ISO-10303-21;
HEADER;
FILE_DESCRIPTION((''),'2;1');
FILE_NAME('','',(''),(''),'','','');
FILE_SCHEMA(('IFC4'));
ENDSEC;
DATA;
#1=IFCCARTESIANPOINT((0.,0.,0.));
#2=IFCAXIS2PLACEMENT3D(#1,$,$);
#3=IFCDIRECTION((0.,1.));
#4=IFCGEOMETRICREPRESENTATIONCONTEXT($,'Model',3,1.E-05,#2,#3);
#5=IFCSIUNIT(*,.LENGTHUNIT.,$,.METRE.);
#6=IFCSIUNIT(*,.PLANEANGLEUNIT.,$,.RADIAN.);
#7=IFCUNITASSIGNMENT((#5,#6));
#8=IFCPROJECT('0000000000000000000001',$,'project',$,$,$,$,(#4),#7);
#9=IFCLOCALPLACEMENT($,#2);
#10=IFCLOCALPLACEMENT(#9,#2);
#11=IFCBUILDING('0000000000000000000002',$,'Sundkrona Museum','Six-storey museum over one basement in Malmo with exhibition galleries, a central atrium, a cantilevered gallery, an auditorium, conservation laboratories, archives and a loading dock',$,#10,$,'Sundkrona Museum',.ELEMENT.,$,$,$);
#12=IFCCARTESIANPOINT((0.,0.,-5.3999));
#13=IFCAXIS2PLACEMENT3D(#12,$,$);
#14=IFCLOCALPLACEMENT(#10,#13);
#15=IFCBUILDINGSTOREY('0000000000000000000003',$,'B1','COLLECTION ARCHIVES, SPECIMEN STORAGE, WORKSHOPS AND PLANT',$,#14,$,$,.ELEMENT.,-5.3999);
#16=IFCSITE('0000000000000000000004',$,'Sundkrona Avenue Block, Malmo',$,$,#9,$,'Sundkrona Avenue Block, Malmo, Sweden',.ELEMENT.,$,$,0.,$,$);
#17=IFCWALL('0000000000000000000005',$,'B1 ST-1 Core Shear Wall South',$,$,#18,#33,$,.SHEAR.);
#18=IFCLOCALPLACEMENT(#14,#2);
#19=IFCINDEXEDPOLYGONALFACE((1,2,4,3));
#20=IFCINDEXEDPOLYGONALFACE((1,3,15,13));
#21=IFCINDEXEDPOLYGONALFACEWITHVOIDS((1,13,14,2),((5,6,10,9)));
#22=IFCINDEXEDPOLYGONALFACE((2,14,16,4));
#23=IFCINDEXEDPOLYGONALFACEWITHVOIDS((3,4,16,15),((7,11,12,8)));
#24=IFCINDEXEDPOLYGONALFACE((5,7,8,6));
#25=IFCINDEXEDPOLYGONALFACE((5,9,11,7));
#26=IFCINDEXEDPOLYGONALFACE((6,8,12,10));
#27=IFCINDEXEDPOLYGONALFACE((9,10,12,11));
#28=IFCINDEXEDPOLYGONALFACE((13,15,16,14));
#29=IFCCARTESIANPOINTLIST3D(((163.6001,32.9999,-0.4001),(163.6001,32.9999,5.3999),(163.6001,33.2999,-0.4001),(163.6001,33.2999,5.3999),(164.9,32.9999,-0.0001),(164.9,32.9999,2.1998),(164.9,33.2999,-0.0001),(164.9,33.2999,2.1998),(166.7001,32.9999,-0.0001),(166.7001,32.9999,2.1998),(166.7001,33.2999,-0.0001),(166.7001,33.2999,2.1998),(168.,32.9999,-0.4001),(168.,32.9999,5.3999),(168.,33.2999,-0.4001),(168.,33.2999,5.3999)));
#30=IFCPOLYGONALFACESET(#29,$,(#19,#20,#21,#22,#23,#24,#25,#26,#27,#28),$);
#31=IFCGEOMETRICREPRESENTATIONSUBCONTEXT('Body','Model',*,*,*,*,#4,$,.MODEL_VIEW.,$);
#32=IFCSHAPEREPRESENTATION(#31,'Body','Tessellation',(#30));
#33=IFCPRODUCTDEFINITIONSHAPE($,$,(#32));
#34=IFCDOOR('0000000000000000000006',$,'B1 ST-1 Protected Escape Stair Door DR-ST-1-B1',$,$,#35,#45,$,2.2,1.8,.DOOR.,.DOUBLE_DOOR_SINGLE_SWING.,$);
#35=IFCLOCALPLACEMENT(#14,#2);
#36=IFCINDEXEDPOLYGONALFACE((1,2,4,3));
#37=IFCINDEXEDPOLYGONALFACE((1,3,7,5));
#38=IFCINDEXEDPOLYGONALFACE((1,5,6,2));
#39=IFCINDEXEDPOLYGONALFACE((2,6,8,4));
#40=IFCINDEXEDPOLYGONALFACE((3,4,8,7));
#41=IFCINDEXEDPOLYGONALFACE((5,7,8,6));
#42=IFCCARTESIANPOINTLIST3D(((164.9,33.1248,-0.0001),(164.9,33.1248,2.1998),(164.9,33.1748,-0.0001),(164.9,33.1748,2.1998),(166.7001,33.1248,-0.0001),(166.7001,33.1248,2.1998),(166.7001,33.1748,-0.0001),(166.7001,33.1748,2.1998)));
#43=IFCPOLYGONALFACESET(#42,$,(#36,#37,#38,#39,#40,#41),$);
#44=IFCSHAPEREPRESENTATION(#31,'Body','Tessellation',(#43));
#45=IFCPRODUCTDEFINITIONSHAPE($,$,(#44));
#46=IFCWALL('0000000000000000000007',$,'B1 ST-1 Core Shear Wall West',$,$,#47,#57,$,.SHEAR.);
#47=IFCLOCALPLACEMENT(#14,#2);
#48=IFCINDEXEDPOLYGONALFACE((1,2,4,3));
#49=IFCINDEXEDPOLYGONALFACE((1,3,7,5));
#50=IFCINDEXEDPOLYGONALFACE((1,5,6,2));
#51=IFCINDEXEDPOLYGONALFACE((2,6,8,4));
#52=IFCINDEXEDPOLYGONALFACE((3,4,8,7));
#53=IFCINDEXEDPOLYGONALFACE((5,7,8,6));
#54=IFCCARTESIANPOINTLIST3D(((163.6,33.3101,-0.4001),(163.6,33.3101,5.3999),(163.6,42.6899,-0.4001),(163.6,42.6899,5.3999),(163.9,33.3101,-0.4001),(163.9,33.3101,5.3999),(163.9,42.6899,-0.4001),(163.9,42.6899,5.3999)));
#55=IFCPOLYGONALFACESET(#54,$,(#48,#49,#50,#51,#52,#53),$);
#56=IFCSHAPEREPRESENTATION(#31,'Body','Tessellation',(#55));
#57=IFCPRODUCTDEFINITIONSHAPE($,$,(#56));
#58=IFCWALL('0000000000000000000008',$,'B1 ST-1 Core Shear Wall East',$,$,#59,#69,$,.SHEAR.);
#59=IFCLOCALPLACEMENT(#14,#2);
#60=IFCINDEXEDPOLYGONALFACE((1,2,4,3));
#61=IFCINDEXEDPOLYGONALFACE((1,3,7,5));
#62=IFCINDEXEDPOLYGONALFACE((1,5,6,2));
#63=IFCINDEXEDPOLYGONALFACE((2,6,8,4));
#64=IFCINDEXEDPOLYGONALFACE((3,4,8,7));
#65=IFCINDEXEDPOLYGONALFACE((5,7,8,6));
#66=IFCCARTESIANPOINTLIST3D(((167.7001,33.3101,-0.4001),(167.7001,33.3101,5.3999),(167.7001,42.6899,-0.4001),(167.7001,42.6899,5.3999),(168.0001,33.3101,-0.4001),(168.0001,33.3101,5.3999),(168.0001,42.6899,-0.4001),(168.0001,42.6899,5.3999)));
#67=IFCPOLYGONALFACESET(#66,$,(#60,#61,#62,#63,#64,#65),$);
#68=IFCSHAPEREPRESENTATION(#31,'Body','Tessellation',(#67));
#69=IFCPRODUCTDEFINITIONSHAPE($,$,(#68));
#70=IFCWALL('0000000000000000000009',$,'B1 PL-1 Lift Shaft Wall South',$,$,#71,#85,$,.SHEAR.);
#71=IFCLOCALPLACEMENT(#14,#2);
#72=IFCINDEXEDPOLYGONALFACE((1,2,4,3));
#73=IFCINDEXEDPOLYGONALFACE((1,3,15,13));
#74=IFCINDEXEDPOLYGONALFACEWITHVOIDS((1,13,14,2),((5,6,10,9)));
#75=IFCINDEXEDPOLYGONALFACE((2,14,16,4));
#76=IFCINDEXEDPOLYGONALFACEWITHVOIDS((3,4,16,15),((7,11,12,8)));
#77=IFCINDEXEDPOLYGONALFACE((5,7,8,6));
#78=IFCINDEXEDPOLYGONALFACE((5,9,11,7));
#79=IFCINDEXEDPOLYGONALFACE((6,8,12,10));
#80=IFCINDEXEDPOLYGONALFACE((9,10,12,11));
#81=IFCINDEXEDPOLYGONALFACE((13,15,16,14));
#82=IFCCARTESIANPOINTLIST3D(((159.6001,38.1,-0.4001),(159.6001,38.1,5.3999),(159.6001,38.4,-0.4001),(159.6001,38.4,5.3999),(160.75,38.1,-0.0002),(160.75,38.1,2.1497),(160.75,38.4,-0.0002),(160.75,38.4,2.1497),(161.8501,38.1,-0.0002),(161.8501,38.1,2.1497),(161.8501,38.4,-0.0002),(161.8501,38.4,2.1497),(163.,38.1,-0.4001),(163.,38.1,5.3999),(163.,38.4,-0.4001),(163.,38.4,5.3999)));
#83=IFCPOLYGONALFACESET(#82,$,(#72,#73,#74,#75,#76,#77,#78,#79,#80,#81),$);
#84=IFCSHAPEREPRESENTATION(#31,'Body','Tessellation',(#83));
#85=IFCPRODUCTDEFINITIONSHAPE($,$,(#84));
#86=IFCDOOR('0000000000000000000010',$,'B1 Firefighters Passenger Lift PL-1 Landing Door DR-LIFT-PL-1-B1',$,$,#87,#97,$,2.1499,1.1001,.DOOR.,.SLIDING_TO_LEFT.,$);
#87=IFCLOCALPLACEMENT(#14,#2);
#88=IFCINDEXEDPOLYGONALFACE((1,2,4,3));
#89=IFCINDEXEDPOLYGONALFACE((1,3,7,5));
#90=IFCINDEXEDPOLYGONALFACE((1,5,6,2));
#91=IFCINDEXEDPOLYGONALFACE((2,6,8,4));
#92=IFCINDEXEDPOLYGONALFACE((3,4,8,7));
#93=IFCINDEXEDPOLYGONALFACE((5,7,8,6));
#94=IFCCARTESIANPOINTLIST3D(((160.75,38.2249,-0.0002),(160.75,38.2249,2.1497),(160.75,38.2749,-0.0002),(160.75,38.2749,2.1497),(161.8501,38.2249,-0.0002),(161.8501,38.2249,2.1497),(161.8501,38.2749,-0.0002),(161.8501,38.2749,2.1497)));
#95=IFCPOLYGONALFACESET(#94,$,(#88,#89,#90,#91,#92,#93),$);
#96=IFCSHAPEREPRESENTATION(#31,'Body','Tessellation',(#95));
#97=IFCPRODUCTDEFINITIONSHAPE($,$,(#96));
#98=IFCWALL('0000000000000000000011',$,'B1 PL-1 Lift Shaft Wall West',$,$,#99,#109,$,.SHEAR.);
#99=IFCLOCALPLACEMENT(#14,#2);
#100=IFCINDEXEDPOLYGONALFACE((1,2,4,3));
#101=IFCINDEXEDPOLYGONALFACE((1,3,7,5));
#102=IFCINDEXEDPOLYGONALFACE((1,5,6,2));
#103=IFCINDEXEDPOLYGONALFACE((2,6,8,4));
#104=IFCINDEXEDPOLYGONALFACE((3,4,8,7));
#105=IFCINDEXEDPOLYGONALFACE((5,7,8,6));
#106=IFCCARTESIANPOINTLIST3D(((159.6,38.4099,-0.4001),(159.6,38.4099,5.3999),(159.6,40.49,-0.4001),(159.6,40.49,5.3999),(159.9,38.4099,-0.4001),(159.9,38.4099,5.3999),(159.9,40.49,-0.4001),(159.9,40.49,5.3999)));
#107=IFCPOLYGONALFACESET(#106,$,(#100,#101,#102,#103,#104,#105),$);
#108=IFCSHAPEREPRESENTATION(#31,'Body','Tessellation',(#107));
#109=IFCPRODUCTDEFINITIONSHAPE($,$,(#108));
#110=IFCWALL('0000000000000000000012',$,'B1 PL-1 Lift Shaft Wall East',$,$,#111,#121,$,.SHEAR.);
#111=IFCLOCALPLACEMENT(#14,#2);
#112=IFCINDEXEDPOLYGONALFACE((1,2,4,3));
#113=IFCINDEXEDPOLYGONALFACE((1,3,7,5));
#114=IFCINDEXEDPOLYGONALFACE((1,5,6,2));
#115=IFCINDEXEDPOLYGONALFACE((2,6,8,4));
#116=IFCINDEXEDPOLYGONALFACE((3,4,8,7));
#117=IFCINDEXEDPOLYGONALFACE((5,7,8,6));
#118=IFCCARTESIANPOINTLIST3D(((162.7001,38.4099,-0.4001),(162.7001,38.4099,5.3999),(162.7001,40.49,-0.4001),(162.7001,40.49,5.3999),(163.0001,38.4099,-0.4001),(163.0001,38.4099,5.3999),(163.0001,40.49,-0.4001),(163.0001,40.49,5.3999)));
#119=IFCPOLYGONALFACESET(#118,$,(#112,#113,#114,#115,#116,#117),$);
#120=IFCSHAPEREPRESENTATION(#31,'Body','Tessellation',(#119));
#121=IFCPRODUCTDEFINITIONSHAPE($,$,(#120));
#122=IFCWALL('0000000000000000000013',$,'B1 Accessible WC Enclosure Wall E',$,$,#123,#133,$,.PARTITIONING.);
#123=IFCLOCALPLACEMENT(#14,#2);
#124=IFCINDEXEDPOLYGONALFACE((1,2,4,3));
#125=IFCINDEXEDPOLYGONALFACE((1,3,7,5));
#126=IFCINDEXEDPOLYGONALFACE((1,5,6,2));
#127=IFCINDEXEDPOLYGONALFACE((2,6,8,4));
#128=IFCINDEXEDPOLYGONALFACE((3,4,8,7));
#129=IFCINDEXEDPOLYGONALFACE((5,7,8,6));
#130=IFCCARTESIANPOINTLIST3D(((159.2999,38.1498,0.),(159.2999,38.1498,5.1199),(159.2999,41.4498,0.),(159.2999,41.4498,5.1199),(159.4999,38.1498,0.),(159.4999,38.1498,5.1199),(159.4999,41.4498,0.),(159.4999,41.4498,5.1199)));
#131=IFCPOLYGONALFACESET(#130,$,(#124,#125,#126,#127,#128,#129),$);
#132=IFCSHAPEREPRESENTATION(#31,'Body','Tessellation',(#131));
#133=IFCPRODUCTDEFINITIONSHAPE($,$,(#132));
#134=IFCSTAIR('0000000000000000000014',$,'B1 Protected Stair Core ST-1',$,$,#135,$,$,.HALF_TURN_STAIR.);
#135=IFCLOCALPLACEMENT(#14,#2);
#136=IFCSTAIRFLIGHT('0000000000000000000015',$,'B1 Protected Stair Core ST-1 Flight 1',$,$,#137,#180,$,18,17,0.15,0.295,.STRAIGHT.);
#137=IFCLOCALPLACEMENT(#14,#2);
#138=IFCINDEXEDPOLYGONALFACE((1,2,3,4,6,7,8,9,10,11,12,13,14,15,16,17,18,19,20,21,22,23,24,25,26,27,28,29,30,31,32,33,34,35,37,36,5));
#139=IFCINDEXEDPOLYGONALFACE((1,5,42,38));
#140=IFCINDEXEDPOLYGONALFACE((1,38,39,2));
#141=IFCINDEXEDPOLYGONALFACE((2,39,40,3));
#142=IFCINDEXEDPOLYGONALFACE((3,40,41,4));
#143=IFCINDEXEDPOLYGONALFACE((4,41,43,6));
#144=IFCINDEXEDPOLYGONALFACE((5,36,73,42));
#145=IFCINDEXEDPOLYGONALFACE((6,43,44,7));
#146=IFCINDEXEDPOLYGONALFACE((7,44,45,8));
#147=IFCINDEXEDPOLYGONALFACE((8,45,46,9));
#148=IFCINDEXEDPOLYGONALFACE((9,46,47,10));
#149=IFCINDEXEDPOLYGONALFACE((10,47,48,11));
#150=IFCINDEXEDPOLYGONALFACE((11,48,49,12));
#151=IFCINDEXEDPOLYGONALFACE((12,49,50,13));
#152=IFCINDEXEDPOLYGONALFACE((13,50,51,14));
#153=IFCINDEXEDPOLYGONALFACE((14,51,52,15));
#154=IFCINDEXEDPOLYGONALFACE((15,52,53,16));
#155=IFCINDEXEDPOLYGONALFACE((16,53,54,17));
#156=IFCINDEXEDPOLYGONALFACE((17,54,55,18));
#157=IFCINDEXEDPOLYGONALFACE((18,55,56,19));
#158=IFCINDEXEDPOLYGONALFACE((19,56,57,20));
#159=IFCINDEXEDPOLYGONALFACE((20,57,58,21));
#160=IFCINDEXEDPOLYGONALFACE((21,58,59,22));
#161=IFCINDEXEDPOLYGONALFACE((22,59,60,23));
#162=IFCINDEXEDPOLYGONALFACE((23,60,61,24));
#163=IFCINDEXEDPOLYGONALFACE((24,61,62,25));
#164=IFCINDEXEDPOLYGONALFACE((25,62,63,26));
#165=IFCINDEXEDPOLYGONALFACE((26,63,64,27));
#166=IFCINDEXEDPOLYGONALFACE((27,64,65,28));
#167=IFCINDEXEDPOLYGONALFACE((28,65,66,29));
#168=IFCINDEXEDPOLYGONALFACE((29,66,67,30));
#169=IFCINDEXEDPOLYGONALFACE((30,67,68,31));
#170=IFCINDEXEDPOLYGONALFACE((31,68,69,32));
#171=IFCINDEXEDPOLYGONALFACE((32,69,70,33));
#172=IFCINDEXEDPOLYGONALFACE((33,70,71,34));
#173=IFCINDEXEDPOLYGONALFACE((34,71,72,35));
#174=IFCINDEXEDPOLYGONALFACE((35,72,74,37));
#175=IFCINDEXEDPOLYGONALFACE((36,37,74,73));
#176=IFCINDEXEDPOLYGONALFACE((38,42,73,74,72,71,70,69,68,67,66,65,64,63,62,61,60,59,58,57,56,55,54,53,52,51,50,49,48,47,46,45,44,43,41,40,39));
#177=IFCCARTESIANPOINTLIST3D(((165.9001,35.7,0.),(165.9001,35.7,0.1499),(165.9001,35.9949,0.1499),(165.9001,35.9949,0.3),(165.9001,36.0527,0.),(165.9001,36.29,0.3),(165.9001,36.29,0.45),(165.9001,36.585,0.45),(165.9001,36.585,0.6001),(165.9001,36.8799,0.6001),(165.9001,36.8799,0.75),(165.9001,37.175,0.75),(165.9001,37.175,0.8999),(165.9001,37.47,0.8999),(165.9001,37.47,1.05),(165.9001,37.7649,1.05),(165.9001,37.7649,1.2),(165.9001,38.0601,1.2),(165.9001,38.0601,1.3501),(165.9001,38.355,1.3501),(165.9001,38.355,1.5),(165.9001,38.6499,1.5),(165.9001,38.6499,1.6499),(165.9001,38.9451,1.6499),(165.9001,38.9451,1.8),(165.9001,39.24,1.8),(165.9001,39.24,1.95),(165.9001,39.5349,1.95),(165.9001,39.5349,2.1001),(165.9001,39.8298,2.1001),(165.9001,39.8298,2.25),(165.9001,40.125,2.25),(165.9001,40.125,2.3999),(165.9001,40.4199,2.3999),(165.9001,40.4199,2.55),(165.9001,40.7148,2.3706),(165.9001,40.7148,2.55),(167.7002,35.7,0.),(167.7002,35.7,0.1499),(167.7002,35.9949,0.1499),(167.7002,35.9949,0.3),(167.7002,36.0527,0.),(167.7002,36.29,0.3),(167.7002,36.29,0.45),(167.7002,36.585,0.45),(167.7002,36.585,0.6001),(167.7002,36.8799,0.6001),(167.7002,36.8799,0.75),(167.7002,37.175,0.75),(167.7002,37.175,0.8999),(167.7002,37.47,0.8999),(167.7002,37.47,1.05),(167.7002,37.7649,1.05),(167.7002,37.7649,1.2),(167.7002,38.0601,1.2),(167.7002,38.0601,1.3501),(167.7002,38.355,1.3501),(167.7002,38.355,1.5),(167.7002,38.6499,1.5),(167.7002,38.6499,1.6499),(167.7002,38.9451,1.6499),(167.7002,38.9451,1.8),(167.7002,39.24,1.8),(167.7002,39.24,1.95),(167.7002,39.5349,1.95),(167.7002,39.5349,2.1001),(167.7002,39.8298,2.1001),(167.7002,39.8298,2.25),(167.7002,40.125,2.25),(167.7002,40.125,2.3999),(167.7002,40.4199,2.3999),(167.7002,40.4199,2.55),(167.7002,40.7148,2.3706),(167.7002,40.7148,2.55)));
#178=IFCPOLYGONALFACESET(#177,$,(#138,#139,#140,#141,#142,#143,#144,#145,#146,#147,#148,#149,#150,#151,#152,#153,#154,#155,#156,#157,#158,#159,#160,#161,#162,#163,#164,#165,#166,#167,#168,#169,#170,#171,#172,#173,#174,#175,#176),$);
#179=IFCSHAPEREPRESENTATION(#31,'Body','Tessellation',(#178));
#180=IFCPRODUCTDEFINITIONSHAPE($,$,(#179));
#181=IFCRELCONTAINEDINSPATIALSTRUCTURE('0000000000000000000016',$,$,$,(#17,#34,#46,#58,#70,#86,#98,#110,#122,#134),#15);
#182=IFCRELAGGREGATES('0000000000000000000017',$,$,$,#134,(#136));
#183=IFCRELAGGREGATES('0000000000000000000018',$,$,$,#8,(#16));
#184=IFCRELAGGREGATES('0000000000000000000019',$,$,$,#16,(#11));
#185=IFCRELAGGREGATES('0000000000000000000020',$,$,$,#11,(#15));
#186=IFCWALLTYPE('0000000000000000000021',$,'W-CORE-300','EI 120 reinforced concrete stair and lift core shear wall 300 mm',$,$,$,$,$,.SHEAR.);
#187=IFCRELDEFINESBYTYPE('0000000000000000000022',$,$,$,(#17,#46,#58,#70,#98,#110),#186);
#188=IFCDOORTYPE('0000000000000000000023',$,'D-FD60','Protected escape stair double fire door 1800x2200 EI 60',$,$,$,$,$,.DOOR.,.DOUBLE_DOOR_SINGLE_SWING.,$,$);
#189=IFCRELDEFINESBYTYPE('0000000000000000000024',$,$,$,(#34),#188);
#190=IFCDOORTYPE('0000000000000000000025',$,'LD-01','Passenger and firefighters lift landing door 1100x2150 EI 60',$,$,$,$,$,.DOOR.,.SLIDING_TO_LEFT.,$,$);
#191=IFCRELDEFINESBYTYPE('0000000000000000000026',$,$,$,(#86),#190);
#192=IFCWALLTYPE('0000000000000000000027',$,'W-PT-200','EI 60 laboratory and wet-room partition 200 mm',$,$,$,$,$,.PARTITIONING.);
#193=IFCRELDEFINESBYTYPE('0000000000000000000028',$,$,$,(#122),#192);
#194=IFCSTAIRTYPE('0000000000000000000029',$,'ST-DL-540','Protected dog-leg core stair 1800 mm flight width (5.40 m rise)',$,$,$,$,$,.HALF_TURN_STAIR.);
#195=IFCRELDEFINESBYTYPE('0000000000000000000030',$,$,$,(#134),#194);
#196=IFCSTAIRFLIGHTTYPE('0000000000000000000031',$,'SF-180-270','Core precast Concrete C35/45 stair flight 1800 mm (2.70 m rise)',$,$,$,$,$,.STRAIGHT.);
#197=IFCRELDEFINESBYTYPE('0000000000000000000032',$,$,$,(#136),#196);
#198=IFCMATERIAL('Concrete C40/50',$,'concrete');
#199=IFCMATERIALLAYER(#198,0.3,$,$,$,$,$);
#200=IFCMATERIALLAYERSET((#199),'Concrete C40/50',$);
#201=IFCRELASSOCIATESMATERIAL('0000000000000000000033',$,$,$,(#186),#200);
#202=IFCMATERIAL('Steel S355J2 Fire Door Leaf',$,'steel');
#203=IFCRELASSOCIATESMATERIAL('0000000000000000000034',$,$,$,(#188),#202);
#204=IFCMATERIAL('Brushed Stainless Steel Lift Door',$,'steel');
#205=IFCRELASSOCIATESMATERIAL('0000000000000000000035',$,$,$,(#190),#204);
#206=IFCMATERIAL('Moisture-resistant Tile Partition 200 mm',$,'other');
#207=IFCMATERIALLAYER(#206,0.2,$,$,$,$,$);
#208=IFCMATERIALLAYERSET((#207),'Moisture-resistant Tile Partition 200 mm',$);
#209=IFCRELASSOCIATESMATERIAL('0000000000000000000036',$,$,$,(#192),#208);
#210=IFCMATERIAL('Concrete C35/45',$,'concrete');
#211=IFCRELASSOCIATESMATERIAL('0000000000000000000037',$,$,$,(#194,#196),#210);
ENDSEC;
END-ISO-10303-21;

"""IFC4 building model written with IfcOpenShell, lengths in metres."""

from ifc_helpers import new_model, si_unit, direction, frame, frame_2d, origin, place, context, subcontext, project, spatial, polyline, rectangle, outline, extrude, material, layer, layer_set, type_object, element, fill, aggregate, save


model = new_model("IFC4")

# Units and contexts
model_context = context("Model", 3, precision=1e-05, world=origin(), true_north=direction((0.0, 1.0)))
body_context = subcontext(model_context, "Body", "Model", "MODEL_VIEW")
ifc_project = project(units=[si_unit("LENGTHUNIT", "METRE"), si_unit("PLANEANGLEUNIT", "RADIAN")], contexts=[model_context])

# Site, building, storey
site_placement = place(None, origin())
site = spatial("IfcSite", under=ifc_project, at=site_placement, Name="Sundkrona Avenue Block, Malmo", LongName="Sundkrona Avenue Block, Malmo, Sweden", CompositionType="ELEMENT", RefElevation=0.0)
building_placement = place(site_placement, origin())
building = spatial("IfcBuilding", under=site, at=building_placement, Name="Sundkrona Museum", Description="Six-storey museum over one basement in Malmo with exhibition galleries, a central atrium, a cantilevered gallery, an auditorium, conservation laboratories, archives and a loading dock", LongName="Sundkrona Museum", CompositionType="ELEMENT")
storey_placement = place(building_placement, frame((0.0, 0.0, -5.3999)))
storey = spatial("IfcBuildingStorey", under=building, at=storey_placement, Name="B1", Description="COLLECTION ARCHIVES, SPECIMEN STORAGE, WORKSHOPS AND PLANT", CompositionType="ELEMENT", Elevation=-5.3999)

# Shared definitions
ifc_material_1 = material(Name="Concrete C40/50", Category="concrete")

# Wall, opening, door
ifc_layer_1 = layer(ifc_material_1, 0.3)
ifc_layer_set_1 = layer_set([ifc_layer_1], Name="Concrete C40/50")
wall_type_1 = type_object("IfcWallType", Name="W-CORE-300", Description="EI 120 reinforced concrete stair and lift core shear wall 300 mm", PredefinedType="SHEAR", material=ifc_layer_set_1)
wall_1_placement = place(storey_placement, frame((163.6001, 33.1499, -0.4001), z_axis=(0.0, 0.0, 1.0), x_axis=(1.0, 0.0, 0.0)))
wall_1 = element("IfcWall", 1, at=wall_1_placement, inside=storey, type_object=wall_type_1, Name="B1 ST-1 Core Shear Wall South", PredefinedType="SHEAR", context=body_context, shape_type="SweptSolid", body=[
    extrude(rectangle(XDim=4.3999, YDim=0.3, at=frame_2d((2.2, 0.0))), origin(), (0.0, 0.0, 1.0), 5.8),
])
opening_1_placement = place(wall_1_placement, frame((1.3, 0.0, 0.3999)))
opening_1 = element("IfcOpeningElement", 2, at=opening_1_placement, cuts=wall_1, PredefinedType="OPENING", context=body_context, shape_type="SweptSolid", body=[
    extrude(rectangle(XDim=1.8, YDim=2.2, at=frame_2d((0.8999, 1.1001))), frame((0.0, 0.1599, 0.0), z_axis=(0.0, -1.0, 0.0), x_axis=(1.0, 0.0, 0.0)), (0.0, 0.0, 1.0), 0.3201),
])
ifc_material_2 = material(Name="Steel S355J2 Fire Door Leaf", Category="steel")
door_type_1 = type_object("IfcDoorType", Name="D-FD60", Description="Protected escape stair double fire door 1800x2200 EI 60", OperationType="DOUBLE_DOOR_SINGLE_SWING", PredefinedType="DOOR", material=ifc_material_2)
door_1_placement = place(opening_1_placement, origin())
door_1 = element("IfcDoor", 3, at=door_1_placement, inside=storey, type_object=door_type_1, Name="B1 ST-1 Protected Escape Stair Door DR-ST-1-B1", OperationType="DOUBLE_DOOR_SINGLE_SWING", OverallHeight=2.2, OverallWidth=1.8, PredefinedType="DOOR", context=body_context, shape_type="SweptSolid", body=[
    extrude(rectangle(XDim=1.8, YDim=2.2, at=frame_2d((0.8999, 1.1001))), frame((0.0, 0.0249, 0.0), z_axis=(0.0, -1.0, 0.0), x_axis=(1.0, 0.0, 0.0)), (0.0, 0.0, 1.0), 0.05),
])
fill(opening_1, door_1)

# Walls
for number, where, z_axis, x_axis, name in (
    (4, (163.75, 33.3101, -0.4001), (0.0, 0.0, 1.0), (0.0, 1.0, 0.0), "B1 ST-1 Core Shear Wall West"),
    (5, (167.8501, 33.3101, -0.4001), (0.0, 0.0, 1.0), (0.0, 1.0, 0.0), "B1 ST-1 Core Shear Wall East"),
):
    element("IfcWall", number, at=place(storey_placement, frame(where, z_axis=z_axis, x_axis=x_axis)), inside=storey, type_object=wall_type_1, Name=name, PredefinedType="SHEAR", context=body_context, shape_type="SweptSolid", body=[
        extrude(rectangle(XDim=9.3799, YDim=0.3, at=frame_2d((4.6899, 0.0))), origin(), (0.0, 0.0, 1.0), 5.8),
    ])

# Wall, opening, door
wall_2_placement = place(storey_placement, frame((159.6001, 38.25, -0.4001), z_axis=(0.0, 0.0, 1.0), x_axis=(1.0, 0.0, 0.0)))
wall_2 = element("IfcWall", 6, at=wall_2_placement, inside=storey, type_object=wall_type_1, Name="B1 PL-1 Lift Shaft Wall South", PredefinedType="SHEAR", context=body_context, shape_type="SweptSolid", body=[
    extrude(rectangle(XDim=3.3999, YDim=0.3, at=frame_2d((1.7, 0.0))), origin(), (0.0, 0.0, 1.0), 5.8),
])
opening_2_placement = place(wall_2_placement, frame((1.1499, 0.0, 0.3999)))
opening_2 = element("IfcOpeningElement", 7, at=opening_2_placement, cuts=wall_2, PredefinedType="OPENING", context=body_context, shape_type="SweptSolid", body=[
    extrude(rectangle(XDim=1.1001, YDim=2.1499, at=frame_2d((0.55, 1.075))), frame((0.0, 0.1599, 0.0), z_axis=(0.0, -1.0, 0.0), x_axis=(1.0, 0.0, 0.0)), (0.0, 0.0, 1.0), 0.3201),
])
ifc_material_3 = material(Name="Brushed Stainless Steel Lift Door", Category="steel")
door_type_2 = type_object("IfcDoorType", Name="LD-01", Description="Passenger and firefighters lift landing door 1100x2150 EI 60", OperationType="SLIDING_TO_LEFT", PredefinedType="DOOR", material=ifc_material_3)
door_2_placement = place(opening_2_placement, origin())
door_2 = element("IfcDoor", 8, at=door_2_placement, inside=storey, type_object=door_type_2, Name="B1 Firefighters Passenger Lift PL-1 Landing Door DR-LIFT-PL-1-B1", OperationType="SLIDING_TO_LEFT", OverallHeight=2.1499, OverallWidth=1.1001, PredefinedType="DOOR", context=body_context, shape_type="SweptSolid", body=[
    extrude(rectangle(XDim=1.1001, YDim=2.1499, at=frame_2d((0.55, 1.075))), frame((0.0, 0.0249, 0.0), z_axis=(0.0, -1.0, 0.0), x_axis=(1.0, 0.0, 0.0)), (0.0, 0.0, 1.0), 0.05),
])
fill(opening_2, door_2)

# Walls
for number, where, z_axis, x_axis, name in (
    (9, (159.75, 38.4099, -0.4001), (0.0, 0.0, 1.0), (0.0, 1.0, 0.0), "B1 PL-1 Lift Shaft Wall West"),
    (10, (162.8501, 38.4099, -0.4001), (0.0, 0.0, 1.0), (0.0, 1.0, 0.0), "B1 PL-1 Lift Shaft Wall East"),
):
    element("IfcWall", number, at=place(storey_placement, frame(where, z_axis=z_axis, x_axis=x_axis)), inside=storey, type_object=wall_type_1, Name=name, PredefinedType="SHEAR", context=body_context, shape_type="SweptSolid", body=[
        extrude(rectangle(XDim=2.0801, YDim=0.3, at=frame_2d((1.04, 0.0))), origin(), (0.0, 0.0, 1.0), 5.8),
    ])
ifc_material_4 = material(Name="Moisture-resistant Tile Partition 200 mm", Category="other")
ifc_layer_2 = layer(ifc_material_4, 0.2)
ifc_layer_set_2 = layer_set([ifc_layer_2], Name="Moisture-resistant Tile Partition 200 mm")
wall_type_2 = type_object("IfcWallType", Name="W-PT-200", Description="EI 60 laboratory and wet-room partition 200 mm", PredefinedType="PARTITIONING", material=ifc_layer_set_2)
wall_3_placement = place(storey_placement, frame((159.3999, 38.1499, 0.0), z_axis=(0.0, 0.0, 1.0), x_axis=(0.0, 1.0, 0.0)))
element("IfcWall", 11, at=wall_3_placement, inside=storey, type_object=wall_type_2, Name="B1 Accessible WC Enclosure Wall E", PredefinedType="PARTITIONING", context=body_context, shape_type="SweptSolid", body=[
    extrude(rectangle(XDim=3.3, YDim=0.2, at=frame_2d((1.6499, 0.0))), origin(), (0.0, 0.0, 1.0), 5.1199),
])

# Stair, stair flight
ifc_material_5 = material(Name="Concrete C35/45", Category="concrete")
stair_type = type_object("IfcStairType", Name="ST-DL-540", Description="Protected dog-leg core stair 1800 mm flight width (5.40 m rise)", PredefinedType="HALF_TURN_STAIR", material=ifc_material_5)
stair_placement = place(storey_placement, origin())
stair = element("IfcStair", 12, at=stair_placement, inside=storey, type_object=stair_type, Name="B1 Protected Stair Core ST-1", PredefinedType="HALF_TURN_STAIR")
stair_flight_type = type_object("IfcStairFlightType", Name="SF-180-270", Description="Core precast Concrete C35/45 stair flight 1800 mm (2.70 m rise)", PredefinedType="STRAIGHT", material=ifc_material_5)
stair_flight_placement = place(storey_placement, frame((166.8, 35.7, 0.0), z_axis=(0.0, 0.0, 1.0), x_axis=(0.0, 1.0, 0.0)))
stair_flight = element("IfcStairFlight", 13, at=stair_flight_placement, type_object=stair_flight_type, Name="B1 Protected Stair Core ST-1 Flight 1", NumberOfRisers=18, NumberOfTreads=17, PredefinedType="STRAIGHT", RiserHeight=0.15, TreadLength=0.295, context=body_context, shape_type="SweptSolid", body=[
    extrude(outline(polyline([(0.0, 0.0), (0.0, 0.1499), (0.2949, 0.1499), (0.2949, 0.3), (0.5901, 0.3), (0.5901, 0.45), (0.885, 0.45), (0.885, 0.6001), (1.1799, 0.6001), (1.1799, 0.75), (1.4751, 0.75), (1.4751, 0.8999), (1.77, 0.8999), (1.77, 1.05), (2.0649, 1.05), (2.0649, 1.2), (2.3601, 1.2), (2.3601, 1.3501), (2.655, 1.3501), (2.655, 1.5), (2.95, 1.5), (2.95, 1.6499), (3.2451, 1.6499), (3.2451, 1.8), (3.54, 1.8), (3.54, 1.95), (3.835, 1.95), (3.835, 2.1001), (4.1299, 2.1001), (4.1299, 2.25), (4.425, 2.25), (4.425, 2.3999), (4.72, 2.3999), (4.72, 2.55), (5.0149, 2.55), (5.0149, 2.7), (5.0149, 2.3706), (0.3528, 0.0), (0.0, 0.0)])), frame((0.0, 0.8999, 0.0), z_axis=(0.0, -1.0, 0.0), x_axis=(1.0, 0.0, 0.0)), (0.0, 0.0, 1.0), 1.8),
])
aggregate(stair, [stair_flight])

save(model, "model.ifc")
